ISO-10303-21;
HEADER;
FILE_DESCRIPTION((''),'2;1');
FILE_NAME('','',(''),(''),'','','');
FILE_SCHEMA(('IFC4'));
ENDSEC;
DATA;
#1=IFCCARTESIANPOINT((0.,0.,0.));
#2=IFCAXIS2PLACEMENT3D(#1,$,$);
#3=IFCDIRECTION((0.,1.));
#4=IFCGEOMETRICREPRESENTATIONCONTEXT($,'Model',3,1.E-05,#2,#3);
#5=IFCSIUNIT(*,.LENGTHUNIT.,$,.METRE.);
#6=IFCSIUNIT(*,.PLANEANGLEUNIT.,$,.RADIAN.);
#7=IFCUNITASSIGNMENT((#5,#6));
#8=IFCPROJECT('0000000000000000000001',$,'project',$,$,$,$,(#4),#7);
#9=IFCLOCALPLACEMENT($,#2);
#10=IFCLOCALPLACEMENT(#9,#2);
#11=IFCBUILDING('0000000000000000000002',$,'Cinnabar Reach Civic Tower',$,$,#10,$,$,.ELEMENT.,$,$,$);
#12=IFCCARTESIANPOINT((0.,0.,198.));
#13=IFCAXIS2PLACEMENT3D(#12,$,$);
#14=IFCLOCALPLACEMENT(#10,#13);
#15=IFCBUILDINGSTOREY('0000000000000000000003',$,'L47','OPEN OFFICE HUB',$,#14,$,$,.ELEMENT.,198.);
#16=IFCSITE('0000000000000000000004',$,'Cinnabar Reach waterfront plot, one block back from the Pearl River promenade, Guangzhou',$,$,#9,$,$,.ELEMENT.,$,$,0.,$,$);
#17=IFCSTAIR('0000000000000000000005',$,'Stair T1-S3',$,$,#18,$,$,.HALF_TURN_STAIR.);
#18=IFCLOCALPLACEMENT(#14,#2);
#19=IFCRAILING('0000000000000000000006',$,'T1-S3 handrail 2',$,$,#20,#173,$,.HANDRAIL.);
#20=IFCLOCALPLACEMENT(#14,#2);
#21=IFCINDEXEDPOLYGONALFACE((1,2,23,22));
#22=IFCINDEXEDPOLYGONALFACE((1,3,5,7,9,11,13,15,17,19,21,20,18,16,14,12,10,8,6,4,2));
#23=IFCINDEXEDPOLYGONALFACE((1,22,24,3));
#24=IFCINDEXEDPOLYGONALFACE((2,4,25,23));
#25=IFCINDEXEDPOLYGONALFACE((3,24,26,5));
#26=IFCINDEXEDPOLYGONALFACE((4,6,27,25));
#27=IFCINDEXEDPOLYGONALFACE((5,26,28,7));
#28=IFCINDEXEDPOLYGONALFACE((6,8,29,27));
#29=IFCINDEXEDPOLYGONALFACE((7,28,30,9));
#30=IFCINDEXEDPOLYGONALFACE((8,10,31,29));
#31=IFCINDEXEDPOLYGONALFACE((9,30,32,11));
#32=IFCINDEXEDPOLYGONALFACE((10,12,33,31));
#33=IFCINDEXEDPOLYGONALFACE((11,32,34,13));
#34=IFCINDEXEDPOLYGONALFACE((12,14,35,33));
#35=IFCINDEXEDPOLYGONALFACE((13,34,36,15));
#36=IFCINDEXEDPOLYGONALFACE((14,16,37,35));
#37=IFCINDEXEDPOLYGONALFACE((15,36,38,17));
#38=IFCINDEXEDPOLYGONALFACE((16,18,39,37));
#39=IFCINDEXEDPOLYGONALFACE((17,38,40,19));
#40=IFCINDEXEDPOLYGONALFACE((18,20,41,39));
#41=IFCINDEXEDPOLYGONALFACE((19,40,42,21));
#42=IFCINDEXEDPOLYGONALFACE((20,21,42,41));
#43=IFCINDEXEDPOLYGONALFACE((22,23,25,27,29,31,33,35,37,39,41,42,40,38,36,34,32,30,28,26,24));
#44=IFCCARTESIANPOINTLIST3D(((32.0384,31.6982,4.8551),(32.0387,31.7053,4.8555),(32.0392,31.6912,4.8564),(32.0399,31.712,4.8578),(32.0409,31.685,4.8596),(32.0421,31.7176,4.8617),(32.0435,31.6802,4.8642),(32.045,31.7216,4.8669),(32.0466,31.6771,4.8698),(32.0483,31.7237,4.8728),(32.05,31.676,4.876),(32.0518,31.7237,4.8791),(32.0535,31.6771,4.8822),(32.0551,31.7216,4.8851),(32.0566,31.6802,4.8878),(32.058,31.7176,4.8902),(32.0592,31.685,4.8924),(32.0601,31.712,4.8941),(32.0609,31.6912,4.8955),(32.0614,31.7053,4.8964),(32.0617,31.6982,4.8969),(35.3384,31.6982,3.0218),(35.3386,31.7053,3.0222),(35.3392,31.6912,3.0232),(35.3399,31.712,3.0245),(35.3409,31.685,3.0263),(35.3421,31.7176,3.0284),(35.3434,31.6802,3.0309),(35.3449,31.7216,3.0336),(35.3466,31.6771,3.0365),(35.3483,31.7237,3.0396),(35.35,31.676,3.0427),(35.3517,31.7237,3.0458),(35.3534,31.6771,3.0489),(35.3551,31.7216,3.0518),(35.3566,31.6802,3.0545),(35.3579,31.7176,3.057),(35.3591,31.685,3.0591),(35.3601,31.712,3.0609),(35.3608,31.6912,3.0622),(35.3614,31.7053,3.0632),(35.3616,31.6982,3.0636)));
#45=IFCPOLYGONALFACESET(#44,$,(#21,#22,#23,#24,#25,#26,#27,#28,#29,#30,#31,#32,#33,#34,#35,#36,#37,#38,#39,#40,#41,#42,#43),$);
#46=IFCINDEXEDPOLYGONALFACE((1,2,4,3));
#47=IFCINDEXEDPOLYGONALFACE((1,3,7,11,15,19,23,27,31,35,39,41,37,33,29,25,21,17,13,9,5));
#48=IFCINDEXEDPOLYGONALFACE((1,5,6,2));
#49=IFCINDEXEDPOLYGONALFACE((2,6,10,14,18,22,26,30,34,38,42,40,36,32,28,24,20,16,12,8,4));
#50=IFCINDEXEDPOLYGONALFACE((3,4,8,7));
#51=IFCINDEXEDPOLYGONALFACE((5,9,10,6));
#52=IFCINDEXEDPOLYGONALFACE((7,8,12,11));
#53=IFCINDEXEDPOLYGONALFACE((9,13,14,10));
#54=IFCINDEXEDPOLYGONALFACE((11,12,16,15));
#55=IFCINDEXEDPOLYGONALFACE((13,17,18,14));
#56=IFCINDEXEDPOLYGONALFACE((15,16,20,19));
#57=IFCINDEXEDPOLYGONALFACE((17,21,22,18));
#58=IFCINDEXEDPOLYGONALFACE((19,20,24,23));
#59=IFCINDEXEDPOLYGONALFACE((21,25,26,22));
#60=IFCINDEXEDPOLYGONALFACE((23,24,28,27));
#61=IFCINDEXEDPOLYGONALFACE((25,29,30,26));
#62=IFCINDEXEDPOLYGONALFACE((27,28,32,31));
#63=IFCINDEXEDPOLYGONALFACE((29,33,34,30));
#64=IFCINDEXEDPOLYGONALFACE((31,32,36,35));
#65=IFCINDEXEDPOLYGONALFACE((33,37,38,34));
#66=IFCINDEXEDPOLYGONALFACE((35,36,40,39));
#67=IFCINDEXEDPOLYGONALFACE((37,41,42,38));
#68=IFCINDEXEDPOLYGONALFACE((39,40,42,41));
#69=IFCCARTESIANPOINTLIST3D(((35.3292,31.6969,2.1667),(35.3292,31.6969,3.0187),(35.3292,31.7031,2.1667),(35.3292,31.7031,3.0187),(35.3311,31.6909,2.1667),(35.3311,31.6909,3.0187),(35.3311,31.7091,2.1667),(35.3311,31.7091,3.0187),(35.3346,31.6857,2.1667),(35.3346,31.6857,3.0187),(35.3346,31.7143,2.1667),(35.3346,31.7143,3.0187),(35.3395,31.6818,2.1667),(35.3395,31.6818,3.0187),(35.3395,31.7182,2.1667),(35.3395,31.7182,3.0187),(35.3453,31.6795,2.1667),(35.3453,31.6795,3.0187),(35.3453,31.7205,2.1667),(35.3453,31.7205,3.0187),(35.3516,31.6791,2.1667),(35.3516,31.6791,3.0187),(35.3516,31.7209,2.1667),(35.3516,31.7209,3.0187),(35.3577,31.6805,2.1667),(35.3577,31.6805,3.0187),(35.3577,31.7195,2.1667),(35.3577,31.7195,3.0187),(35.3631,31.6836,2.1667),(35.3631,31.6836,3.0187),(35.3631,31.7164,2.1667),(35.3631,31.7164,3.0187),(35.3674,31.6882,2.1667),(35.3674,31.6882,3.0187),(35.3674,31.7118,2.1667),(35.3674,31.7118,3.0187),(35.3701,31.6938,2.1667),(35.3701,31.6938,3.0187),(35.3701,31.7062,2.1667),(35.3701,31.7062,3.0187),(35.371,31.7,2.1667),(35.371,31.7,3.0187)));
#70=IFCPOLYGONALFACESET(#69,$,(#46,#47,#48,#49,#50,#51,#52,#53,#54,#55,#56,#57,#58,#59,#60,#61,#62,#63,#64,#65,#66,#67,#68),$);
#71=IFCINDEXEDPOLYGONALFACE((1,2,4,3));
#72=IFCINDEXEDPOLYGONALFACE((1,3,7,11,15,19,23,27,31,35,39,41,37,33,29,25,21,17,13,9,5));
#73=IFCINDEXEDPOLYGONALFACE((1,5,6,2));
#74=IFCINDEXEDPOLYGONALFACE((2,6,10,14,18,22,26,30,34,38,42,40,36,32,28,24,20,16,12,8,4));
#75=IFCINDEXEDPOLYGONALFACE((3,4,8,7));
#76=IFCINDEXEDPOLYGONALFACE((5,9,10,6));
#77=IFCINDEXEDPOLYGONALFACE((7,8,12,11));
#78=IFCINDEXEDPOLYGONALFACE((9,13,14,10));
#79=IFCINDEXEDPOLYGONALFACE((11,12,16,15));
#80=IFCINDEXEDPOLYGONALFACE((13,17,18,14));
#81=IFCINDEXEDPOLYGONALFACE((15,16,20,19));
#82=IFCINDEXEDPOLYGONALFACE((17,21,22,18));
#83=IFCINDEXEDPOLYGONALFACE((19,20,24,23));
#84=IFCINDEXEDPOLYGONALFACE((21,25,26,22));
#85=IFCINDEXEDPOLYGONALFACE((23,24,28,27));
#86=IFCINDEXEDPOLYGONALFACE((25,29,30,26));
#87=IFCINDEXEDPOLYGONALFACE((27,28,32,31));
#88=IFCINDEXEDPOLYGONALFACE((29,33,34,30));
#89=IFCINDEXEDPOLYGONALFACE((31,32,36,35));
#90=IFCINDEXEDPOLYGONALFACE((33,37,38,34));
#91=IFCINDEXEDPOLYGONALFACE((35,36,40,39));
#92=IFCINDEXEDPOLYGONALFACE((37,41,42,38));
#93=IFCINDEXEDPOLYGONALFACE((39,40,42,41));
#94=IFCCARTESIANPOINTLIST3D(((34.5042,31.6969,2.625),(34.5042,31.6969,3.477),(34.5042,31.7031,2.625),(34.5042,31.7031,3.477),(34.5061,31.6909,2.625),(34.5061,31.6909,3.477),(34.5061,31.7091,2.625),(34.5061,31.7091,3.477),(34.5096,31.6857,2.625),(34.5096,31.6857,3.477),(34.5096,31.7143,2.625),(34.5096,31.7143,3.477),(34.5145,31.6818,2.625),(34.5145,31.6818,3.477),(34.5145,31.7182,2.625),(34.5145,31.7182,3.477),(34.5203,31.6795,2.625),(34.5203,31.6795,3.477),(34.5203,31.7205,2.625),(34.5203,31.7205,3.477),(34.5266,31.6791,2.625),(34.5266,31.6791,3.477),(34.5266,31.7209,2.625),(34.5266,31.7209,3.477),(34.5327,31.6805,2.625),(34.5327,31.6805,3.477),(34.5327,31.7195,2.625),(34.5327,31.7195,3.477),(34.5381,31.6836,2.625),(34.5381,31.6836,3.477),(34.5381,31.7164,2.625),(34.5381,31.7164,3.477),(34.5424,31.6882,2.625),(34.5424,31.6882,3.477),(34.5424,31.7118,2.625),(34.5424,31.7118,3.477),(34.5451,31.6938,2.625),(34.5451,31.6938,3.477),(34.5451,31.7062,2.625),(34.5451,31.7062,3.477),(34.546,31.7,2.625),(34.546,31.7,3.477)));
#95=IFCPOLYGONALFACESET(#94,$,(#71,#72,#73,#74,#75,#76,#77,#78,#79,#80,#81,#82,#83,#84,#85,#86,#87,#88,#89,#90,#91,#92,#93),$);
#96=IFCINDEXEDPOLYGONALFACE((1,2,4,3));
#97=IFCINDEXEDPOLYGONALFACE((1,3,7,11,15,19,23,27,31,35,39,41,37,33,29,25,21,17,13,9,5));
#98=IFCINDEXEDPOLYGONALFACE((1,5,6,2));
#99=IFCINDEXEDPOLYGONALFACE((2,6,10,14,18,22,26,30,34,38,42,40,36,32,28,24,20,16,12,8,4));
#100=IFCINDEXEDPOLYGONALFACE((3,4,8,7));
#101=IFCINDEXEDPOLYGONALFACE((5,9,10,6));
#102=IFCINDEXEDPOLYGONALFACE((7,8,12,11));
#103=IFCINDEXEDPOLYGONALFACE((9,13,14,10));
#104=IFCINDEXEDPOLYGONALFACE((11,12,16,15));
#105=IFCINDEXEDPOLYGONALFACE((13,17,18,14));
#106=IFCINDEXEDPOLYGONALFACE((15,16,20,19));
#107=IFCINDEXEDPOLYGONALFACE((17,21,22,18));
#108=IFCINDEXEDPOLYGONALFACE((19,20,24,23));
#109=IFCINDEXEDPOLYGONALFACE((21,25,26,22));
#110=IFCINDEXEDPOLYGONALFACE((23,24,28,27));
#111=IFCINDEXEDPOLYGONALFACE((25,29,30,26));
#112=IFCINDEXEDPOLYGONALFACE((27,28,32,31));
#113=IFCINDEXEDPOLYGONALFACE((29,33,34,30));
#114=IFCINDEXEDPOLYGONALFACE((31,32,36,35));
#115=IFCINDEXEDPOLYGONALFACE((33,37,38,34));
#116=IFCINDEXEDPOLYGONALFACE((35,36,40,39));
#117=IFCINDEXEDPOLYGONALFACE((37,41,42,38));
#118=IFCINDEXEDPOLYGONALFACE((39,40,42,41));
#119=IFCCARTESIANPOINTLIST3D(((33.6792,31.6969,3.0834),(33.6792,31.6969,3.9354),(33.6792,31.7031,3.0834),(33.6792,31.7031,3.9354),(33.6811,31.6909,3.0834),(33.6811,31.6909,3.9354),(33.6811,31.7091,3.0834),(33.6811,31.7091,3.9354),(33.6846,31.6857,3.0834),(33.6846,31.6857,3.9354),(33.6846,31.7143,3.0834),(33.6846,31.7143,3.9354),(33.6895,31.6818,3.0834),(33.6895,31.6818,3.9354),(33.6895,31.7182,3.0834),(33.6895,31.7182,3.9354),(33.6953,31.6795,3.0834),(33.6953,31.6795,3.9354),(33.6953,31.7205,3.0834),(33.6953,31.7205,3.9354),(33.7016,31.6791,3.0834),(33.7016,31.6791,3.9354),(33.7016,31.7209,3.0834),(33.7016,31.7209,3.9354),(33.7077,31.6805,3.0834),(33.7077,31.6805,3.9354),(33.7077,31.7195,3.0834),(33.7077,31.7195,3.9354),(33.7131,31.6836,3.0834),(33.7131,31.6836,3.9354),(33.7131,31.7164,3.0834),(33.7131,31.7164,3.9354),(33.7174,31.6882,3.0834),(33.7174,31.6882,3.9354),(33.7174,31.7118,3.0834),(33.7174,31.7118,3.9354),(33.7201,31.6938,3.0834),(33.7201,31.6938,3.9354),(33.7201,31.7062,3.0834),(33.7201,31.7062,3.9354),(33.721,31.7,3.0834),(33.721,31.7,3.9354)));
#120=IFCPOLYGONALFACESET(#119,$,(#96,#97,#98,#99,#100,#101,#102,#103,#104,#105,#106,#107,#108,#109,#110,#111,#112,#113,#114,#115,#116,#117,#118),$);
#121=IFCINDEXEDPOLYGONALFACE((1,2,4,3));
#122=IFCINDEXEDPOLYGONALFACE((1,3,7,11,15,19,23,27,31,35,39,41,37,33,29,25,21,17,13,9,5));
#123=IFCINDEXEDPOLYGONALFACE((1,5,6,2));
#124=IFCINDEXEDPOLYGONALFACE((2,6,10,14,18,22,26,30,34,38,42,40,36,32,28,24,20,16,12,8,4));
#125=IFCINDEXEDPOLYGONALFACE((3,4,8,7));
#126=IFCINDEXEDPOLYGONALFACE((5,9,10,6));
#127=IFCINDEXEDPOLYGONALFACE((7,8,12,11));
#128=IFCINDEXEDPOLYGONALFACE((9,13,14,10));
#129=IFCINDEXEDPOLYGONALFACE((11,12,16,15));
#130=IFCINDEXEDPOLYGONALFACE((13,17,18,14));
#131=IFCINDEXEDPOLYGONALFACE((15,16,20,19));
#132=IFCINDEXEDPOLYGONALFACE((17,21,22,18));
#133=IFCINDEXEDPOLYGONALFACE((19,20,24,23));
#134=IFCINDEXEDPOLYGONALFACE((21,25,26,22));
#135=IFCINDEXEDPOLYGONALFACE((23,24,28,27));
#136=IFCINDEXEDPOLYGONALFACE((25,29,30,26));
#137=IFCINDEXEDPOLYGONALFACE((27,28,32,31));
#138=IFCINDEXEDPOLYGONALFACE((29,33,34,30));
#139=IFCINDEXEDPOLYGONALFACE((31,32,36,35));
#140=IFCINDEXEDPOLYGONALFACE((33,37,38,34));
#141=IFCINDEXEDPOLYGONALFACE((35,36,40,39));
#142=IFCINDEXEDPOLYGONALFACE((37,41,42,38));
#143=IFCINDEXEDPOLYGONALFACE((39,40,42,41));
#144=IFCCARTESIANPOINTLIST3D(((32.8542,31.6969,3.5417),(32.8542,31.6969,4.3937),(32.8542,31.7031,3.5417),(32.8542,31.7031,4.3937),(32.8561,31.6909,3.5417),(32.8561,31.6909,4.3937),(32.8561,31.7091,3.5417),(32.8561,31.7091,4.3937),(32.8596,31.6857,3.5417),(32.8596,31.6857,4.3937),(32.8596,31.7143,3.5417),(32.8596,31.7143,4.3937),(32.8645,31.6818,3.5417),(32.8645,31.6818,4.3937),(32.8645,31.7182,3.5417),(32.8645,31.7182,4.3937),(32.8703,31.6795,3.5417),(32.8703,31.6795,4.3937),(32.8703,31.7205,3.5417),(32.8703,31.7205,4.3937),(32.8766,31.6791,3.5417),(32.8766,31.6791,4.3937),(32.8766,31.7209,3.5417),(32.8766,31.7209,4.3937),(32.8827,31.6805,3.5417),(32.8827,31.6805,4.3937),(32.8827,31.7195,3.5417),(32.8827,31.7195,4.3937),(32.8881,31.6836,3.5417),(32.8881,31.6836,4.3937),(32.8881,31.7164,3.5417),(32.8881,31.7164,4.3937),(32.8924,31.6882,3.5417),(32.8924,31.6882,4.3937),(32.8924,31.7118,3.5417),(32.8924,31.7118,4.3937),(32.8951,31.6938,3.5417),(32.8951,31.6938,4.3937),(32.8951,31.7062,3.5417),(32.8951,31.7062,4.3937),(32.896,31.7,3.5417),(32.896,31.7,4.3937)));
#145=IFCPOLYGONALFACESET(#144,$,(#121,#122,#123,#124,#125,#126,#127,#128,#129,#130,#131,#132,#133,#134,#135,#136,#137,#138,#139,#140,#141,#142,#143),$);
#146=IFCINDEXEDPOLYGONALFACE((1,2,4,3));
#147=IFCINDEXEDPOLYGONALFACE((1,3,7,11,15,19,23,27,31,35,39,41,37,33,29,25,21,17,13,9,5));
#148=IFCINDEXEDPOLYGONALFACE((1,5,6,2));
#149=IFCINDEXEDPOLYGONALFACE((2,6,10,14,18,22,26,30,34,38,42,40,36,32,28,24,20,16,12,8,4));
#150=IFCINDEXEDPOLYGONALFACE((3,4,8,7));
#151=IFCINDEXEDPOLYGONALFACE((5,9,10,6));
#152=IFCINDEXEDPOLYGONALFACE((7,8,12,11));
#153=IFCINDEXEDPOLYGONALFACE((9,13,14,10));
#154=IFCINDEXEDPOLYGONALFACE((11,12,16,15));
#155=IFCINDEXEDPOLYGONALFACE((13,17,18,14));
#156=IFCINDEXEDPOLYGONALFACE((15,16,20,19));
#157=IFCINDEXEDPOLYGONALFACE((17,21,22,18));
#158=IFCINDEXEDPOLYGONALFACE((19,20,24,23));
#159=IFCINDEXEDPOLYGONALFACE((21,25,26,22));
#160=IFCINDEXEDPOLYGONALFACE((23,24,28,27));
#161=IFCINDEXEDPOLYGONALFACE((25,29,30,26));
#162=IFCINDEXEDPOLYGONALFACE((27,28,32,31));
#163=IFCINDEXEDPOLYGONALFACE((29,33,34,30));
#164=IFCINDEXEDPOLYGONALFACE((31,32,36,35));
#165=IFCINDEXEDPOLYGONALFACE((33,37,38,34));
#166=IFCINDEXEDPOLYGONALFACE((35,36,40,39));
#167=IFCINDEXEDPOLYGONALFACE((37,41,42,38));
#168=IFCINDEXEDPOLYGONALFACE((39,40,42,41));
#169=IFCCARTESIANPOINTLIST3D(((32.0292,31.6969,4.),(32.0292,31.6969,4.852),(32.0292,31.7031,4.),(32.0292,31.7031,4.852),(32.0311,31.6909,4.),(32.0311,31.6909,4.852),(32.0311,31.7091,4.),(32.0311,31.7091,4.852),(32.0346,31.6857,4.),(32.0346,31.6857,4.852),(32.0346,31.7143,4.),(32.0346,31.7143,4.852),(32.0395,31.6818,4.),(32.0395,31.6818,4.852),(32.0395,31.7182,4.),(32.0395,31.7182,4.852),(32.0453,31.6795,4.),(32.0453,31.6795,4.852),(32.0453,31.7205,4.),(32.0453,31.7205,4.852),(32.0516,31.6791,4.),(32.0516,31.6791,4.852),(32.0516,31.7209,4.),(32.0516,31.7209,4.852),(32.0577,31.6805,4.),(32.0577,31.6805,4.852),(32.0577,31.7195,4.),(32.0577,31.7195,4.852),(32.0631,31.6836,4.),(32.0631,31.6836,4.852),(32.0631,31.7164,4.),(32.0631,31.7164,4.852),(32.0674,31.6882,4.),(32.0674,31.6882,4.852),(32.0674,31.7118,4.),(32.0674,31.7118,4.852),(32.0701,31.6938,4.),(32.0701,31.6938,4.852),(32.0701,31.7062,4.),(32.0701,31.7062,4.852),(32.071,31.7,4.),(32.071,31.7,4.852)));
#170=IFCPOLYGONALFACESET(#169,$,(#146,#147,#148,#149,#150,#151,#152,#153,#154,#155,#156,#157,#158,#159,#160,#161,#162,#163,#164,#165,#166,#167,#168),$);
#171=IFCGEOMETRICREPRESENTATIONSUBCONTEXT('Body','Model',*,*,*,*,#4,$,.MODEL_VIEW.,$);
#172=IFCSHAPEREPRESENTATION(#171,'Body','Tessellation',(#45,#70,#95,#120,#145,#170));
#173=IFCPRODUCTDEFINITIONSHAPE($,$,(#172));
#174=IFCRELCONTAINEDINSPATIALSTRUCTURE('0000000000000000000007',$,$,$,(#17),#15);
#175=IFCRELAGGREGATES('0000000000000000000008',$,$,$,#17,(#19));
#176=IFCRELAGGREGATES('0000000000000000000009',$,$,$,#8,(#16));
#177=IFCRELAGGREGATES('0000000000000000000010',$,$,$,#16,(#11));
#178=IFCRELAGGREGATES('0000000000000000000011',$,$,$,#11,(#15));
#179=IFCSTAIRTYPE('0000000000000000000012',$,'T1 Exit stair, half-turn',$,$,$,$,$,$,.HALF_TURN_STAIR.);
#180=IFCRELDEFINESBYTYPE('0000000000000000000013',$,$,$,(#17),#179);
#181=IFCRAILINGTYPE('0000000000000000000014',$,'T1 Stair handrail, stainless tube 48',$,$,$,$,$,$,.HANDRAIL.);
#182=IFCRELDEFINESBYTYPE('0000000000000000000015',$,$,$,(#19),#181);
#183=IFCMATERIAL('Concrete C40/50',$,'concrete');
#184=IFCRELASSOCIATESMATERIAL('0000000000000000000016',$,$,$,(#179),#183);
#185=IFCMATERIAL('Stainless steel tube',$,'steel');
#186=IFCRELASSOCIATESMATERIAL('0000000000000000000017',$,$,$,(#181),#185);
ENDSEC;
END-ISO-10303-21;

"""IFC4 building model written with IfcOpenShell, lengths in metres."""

from ifc_helpers import new_model, si_unit, direction, frame, origin, origin_2d, place, context, subcontext, project, spatial, circle, extrude, material, type_object, element, aggregate, save


model = new_model("IFC4")

# Units and contexts
model_context = context("Model", 3, precision=1e-05, world=origin(), true_north=direction((0.0, 1.0)))
body_context = subcontext(model_context, "Body", "Model", "MODEL_VIEW")
ifc_project = project(units=[si_unit("LENGTHUNIT", "METRE"), si_unit("PLANEANGLEUNIT", "RADIAN")], contexts=[model_context])

# Site, building, storey
site_placement = place(None, origin())
site = spatial("IfcSite", under=ifc_project, at=site_placement, Name="Cinnabar Reach waterfront plot, one block back from the Pearl River promenade, Guangzhou", CompositionType="ELEMENT", RefElevation=0.0)
building_placement = place(site_placement, origin())
building = spatial("IfcBuilding", under=site, at=building_placement, Name="Cinnabar Reach Civic Tower", CompositionType="ELEMENT")
storey_placement = place(building_placement, frame((0.0, 0.0, 198.0)))
storey = spatial("IfcBuildingStorey", under=building, at=storey_placement, Name="L47", Description="OPEN OFFICE HUB", CompositionType="ELEMENT", Elevation=198.0)

# Stair, railing
ifc_material_1 = material(Name="Concrete C40/50", Category="concrete")
stair_type = type_object("IfcStairType", Name="T1 Exit stair, half-turn", PredefinedType="HALF_TURN_STAIR", material=ifc_material_1)
stair_placement = place(storey_placement, origin())
stair = element("IfcStair", 1, at=stair_placement, inside=storey, type_object=stair_type, Name="Stair T1-S3", PredefinedType="HALF_TURN_STAIR")
ifc_material_2 = material(Name="Stainless steel tube", Category="steel")
railing_type = type_object("IfcRailingType", Name="T1 Stair handrail, stainless tube 48", PredefinedType="HANDRAIL", material=ifc_material_2)
railing_placement = place(storey_placement, frame((35.35, 31.7, 2.1667)))
railing = element("IfcRailing", 2, at=railing_placement, type_object=railing_type, Name="T1-S3 handrail 2", PredefinedType="HANDRAIL", context=body_context, shape_type="SweptSolid", body=[
    extrude(circle(Radius=0.024, at=origin_2d()), frame((0.0, 0.0, 0.876), z_axis=(-0.874161, 0.0, 0.485636), x_axis=(0.0, -1.0, 0.0)), (0.0, 0.0, 1.0), 3.775),
    extrude(circle(Radius=0.021, at=origin_2d()), origin(), (0.0, 0.0, 1.0), 0.852),
    extrude(circle(Radius=0.021, at=origin_2d()), frame((-0.825, 0.0, 0.4583)), (0.0, 0.0, 1.0), 0.852),
    extrude(circle(Radius=0.021, at=origin_2d()), frame((-1.65, 0.0, 0.9167)), (0.0, 0.0, 1.0), 0.852),
    extrude(circle(Radius=0.021, at=origin_2d()), frame((-2.475, 0.0, 1.375)), (0.0, 0.0, 1.0), 0.852),
    extrude(circle(Radius=0.021, at=origin_2d()), frame((-3.3, 0.0, 1.8333)), (0.0, 0.0, 1.0), 0.852),
])
aggregate(stair, [railing])

save(model, "model.ifc")
